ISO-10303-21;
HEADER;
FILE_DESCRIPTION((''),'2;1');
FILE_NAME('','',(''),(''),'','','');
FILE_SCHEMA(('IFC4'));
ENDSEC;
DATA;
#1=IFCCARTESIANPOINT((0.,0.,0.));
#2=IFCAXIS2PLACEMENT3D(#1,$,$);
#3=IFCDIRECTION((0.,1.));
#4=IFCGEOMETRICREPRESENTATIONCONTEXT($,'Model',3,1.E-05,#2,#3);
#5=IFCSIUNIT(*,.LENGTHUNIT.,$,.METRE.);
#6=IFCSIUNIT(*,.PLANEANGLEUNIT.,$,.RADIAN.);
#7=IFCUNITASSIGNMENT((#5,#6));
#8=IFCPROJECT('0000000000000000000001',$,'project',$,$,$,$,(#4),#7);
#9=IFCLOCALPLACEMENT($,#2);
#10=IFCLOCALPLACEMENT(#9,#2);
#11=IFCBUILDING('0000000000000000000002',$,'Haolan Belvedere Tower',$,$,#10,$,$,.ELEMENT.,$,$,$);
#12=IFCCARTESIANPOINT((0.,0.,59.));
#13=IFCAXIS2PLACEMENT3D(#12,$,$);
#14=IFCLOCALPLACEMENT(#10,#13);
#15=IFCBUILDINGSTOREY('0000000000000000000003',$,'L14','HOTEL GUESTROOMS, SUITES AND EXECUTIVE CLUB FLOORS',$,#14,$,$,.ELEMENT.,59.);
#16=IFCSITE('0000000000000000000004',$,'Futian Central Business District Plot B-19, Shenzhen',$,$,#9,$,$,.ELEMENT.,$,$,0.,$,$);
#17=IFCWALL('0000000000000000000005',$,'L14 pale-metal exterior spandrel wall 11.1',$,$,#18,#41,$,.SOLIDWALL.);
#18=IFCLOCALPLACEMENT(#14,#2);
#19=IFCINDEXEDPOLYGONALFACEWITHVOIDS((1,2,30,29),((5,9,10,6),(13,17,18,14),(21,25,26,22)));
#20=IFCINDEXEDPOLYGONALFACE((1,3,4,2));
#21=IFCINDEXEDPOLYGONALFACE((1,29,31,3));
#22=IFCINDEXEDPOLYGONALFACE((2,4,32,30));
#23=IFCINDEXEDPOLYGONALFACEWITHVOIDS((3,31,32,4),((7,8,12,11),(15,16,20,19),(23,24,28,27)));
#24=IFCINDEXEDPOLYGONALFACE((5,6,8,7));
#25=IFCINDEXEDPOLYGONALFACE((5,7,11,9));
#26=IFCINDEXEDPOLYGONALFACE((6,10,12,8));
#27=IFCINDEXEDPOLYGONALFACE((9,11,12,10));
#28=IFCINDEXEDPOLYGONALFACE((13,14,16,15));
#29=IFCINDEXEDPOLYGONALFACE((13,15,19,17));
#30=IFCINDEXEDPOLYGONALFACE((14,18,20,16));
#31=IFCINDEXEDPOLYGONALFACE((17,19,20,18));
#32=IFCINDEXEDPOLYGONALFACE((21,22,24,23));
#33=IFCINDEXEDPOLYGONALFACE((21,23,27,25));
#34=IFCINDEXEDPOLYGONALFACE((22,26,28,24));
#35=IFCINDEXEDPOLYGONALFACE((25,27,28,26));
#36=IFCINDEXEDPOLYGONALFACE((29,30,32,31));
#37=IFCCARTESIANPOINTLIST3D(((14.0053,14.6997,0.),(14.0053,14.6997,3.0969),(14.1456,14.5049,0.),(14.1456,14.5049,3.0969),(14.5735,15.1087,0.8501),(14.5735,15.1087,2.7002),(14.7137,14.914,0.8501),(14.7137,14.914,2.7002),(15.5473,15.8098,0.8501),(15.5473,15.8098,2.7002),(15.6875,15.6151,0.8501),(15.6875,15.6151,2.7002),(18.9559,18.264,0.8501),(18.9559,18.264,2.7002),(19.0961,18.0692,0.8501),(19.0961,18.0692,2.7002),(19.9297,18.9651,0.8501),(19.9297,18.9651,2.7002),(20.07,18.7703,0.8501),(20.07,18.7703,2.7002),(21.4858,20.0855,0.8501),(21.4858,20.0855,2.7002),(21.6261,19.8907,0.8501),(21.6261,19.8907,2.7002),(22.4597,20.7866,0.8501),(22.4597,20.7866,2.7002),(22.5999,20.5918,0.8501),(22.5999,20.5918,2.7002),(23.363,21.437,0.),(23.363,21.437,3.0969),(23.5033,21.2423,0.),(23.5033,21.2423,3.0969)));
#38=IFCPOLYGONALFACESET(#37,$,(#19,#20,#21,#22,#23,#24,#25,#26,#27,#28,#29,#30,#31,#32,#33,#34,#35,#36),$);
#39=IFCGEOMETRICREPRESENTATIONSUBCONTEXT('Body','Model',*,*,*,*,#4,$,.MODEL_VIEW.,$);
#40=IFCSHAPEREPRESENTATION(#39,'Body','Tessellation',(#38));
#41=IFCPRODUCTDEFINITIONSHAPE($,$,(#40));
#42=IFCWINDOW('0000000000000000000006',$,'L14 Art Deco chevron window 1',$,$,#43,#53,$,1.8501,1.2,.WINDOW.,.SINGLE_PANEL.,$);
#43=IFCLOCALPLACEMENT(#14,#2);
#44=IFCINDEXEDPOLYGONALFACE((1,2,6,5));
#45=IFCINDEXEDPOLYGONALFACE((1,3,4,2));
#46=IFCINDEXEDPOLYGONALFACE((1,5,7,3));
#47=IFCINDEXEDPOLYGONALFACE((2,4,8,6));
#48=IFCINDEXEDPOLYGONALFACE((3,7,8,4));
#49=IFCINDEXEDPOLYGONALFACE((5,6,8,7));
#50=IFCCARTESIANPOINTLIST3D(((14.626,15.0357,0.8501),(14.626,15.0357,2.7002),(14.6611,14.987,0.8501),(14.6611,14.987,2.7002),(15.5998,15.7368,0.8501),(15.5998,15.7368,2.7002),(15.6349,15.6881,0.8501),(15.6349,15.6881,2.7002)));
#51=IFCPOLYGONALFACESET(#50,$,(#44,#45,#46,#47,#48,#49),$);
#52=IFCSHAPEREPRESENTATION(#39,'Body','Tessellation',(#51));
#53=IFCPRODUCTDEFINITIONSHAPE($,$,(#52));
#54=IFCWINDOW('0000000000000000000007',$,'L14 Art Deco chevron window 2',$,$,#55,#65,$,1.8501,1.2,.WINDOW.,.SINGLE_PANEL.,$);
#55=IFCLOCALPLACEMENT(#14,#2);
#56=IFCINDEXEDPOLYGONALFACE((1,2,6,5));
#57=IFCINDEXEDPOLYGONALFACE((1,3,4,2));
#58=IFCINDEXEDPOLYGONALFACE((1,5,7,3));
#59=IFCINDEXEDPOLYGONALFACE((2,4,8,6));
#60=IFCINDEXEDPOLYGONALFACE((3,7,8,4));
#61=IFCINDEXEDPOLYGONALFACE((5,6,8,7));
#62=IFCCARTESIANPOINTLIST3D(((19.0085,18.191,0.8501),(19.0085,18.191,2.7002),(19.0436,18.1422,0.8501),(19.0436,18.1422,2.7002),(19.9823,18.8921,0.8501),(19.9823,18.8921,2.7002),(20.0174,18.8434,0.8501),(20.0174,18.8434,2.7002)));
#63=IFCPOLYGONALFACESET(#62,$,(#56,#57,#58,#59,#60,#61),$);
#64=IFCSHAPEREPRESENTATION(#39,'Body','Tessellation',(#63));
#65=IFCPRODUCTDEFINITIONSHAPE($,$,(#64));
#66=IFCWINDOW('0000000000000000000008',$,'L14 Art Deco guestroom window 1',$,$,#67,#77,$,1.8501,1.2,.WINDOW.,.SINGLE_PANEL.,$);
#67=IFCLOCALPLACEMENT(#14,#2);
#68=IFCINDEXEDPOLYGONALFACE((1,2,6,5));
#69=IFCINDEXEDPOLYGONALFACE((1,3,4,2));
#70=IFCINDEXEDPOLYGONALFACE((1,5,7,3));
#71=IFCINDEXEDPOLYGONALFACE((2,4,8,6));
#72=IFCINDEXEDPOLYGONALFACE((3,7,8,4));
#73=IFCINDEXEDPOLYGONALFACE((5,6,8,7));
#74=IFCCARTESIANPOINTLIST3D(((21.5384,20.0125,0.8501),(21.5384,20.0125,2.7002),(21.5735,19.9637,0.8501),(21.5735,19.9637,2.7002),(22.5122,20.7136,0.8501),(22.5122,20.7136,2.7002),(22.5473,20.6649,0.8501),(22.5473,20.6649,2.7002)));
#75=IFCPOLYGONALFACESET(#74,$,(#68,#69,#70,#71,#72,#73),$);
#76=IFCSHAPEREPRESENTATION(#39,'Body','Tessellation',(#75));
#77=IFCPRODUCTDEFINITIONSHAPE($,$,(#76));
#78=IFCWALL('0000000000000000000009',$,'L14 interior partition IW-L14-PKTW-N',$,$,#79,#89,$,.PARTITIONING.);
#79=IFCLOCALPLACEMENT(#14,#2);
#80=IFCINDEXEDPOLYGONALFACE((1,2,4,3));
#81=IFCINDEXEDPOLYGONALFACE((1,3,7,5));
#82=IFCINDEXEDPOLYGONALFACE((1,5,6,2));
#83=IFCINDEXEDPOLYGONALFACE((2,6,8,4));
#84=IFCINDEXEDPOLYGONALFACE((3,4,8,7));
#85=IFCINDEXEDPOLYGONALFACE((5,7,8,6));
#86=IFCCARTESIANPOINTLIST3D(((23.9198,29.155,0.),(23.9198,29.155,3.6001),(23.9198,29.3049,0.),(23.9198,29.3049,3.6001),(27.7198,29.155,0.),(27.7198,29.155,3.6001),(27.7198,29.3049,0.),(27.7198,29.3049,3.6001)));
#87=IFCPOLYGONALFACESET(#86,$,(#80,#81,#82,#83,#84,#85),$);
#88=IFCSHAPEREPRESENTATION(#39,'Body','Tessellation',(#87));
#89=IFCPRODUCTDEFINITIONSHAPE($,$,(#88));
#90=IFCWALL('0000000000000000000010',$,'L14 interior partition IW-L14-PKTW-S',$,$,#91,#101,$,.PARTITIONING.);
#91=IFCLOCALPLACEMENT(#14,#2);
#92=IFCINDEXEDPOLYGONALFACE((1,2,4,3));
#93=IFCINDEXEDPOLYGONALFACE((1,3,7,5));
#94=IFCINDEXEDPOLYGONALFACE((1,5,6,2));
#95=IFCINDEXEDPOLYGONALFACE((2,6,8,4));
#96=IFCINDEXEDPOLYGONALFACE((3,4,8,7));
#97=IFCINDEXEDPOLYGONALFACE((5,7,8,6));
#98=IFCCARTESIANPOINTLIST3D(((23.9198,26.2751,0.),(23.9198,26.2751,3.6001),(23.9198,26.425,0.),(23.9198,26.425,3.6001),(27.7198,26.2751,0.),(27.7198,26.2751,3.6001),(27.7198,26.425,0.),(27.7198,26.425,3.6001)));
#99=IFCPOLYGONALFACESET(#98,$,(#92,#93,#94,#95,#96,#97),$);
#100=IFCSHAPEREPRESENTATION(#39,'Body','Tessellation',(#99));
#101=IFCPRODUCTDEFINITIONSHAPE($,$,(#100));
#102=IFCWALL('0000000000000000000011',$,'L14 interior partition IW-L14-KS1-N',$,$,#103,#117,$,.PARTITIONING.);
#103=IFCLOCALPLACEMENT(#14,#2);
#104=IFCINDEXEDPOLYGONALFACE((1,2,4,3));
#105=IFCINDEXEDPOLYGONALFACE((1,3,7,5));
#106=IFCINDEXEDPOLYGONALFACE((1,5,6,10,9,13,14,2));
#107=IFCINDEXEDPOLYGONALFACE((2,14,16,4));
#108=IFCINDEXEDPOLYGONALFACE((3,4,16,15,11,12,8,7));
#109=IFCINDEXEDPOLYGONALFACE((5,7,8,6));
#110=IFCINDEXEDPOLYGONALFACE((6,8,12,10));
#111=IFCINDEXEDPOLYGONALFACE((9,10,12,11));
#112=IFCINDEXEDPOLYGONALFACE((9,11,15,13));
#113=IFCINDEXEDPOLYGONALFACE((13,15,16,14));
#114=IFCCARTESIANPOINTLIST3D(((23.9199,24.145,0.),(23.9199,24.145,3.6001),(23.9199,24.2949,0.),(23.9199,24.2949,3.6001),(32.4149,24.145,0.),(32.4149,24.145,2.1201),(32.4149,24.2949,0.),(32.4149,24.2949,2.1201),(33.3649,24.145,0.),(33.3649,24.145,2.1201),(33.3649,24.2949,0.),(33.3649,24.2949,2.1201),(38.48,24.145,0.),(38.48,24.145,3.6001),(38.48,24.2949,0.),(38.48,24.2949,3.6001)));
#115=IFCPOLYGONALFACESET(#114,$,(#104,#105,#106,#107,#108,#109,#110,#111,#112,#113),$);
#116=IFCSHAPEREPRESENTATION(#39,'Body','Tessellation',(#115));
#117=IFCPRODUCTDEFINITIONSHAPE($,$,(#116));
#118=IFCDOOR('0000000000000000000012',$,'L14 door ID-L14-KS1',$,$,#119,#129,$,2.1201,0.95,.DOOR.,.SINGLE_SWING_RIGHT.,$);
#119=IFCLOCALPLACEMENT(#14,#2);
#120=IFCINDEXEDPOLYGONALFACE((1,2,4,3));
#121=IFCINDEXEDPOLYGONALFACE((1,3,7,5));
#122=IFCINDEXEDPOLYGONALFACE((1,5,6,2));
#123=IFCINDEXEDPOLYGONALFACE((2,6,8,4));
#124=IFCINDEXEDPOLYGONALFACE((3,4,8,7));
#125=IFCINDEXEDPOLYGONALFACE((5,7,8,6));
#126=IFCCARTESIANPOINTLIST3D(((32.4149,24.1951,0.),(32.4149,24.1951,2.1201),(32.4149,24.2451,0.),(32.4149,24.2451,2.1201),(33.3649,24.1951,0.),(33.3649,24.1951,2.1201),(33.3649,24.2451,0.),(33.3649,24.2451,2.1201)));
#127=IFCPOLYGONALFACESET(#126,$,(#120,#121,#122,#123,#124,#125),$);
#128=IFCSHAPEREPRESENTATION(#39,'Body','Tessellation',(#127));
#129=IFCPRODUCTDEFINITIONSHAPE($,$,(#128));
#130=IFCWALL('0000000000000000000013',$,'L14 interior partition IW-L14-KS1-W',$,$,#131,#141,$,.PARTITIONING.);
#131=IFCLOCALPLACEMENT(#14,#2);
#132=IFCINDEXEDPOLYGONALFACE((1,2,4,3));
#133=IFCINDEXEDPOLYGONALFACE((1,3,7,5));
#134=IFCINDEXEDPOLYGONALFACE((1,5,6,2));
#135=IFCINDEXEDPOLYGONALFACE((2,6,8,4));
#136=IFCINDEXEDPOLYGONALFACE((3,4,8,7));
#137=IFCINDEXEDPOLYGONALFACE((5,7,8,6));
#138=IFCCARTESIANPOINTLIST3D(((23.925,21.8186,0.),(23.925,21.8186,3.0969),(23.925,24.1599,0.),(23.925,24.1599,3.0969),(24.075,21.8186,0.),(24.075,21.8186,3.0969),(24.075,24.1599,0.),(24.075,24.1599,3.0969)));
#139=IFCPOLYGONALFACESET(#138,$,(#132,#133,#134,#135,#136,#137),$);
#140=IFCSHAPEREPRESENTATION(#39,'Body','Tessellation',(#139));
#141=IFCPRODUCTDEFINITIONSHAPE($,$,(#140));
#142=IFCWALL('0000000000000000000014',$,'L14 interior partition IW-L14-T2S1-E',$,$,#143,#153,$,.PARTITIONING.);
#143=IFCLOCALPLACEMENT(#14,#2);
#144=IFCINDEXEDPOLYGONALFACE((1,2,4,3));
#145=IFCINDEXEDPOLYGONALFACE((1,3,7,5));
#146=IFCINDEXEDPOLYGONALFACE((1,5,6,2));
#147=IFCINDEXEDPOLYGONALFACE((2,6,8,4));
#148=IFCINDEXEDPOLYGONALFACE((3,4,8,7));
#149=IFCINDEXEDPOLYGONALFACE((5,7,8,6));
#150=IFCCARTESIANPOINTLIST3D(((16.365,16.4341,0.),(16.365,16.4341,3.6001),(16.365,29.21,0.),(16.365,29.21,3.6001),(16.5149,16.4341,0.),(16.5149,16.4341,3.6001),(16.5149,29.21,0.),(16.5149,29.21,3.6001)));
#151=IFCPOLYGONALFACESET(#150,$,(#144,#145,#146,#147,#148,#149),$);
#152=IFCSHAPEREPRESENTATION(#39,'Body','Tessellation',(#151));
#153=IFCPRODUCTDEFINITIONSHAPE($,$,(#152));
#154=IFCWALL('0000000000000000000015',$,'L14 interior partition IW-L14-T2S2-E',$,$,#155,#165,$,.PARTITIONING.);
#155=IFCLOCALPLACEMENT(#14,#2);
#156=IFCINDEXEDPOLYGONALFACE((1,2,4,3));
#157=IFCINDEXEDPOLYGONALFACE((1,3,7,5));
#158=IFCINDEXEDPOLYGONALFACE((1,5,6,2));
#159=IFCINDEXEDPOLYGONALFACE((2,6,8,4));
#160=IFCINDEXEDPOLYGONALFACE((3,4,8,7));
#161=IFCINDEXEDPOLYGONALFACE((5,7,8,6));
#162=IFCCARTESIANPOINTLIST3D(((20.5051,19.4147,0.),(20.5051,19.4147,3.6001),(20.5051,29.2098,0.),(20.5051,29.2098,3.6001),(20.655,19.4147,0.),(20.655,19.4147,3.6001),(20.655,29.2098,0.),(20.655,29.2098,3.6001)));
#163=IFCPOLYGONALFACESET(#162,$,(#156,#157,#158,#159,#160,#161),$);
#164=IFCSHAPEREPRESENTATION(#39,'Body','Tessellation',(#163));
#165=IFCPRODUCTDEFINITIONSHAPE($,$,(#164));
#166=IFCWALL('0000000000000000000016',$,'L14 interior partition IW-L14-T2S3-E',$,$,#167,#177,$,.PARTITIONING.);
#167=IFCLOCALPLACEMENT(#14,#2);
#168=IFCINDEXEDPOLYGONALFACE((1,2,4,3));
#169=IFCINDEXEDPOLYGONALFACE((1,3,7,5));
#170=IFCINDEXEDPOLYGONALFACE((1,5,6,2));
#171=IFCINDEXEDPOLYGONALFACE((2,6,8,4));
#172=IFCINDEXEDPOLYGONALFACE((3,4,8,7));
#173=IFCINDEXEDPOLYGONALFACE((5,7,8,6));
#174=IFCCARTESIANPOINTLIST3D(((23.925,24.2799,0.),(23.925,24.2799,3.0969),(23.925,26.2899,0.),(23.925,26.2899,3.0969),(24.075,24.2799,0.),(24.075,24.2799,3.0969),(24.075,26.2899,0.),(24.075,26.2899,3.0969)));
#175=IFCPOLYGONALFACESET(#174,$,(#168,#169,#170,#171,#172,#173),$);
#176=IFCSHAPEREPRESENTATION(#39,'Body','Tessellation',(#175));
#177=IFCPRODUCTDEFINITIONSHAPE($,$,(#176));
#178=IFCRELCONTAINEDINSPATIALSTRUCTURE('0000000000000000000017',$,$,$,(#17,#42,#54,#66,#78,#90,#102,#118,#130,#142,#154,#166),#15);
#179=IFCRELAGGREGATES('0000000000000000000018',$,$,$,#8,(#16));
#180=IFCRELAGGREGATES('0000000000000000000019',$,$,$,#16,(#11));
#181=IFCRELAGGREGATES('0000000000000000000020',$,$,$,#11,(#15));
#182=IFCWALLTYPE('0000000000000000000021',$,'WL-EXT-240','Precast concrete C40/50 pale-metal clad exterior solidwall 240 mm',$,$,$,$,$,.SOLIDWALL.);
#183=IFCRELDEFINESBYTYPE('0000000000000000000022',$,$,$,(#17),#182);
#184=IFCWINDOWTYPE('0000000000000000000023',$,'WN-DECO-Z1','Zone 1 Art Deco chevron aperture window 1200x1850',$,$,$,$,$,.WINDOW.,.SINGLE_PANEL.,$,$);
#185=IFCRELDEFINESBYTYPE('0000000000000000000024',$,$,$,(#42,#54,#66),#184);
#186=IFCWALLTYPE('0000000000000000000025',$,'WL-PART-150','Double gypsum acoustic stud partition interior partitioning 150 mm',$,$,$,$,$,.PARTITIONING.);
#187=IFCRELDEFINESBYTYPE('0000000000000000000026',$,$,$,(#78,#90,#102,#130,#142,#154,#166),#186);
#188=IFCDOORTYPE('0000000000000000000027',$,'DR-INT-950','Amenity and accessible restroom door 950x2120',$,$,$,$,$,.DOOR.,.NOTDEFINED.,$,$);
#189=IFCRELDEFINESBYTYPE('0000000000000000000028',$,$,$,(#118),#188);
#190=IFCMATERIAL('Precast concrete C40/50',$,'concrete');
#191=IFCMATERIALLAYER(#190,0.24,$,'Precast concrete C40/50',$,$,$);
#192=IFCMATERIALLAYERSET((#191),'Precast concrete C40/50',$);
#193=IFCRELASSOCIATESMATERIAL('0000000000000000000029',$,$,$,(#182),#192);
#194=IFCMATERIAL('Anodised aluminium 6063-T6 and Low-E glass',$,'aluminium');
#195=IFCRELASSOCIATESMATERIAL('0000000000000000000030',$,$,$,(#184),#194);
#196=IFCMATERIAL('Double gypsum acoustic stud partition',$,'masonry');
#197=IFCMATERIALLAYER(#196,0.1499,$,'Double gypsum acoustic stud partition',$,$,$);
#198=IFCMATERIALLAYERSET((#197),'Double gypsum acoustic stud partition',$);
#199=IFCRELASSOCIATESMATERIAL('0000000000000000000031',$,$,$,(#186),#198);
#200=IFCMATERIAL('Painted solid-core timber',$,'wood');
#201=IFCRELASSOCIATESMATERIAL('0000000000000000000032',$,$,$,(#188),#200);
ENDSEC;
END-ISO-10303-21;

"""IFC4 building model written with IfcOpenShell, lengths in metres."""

from ifc_helpers import new_model, si_unit, direction, frame, frame_2d, origin, place, context, subcontext, project, spatial, rectangle, extrude, material, layer, layer_set, type_object, element, fill, save


model = new_model("IFC4")

# Units and contexts
model_context = context("Model", 3, precision=1e-05, world=origin(), true_north=direction((0.0, 1.0)))
body_context = subcontext(model_context, "Body", "Model", "MODEL_VIEW")
ifc_project = project(units=[si_unit("LENGTHUNIT", "METRE"), si_unit("PLANEANGLEUNIT", "RADIAN")], contexts=[model_context])

# Site, building, storey
site_placement = place(None, origin())
site = spatial("IfcSite", under=ifc_project, at=site_placement, Name="Futian Central Business District Plot B-19, Shenzhen", CompositionType="ELEMENT", RefElevation=0.0)
building_placement = place(site_placement, origin())
building = spatial("IfcBuilding", under=site, at=building_placement, Name="Haolan Belvedere Tower", CompositionType="ELEMENT")
storey_placement = place(building_placement, frame((0.0, 0.0, 59.0)))
storey = spatial("IfcBuildingStorey", under=building, at=storey_placement, Name="L14", Description="HOTEL GUESTROOMS, SUITES AND EXECUTIVE CLUB FLOORS", CompositionType="ELEMENT", Elevation=59.0)

# Shared definitions
ifc_material_1 = material(Name="Precast concrete C40/50", Category="concrete")
ifc_layer_1 = layer(ifc_material_1, 0.24, Name="Precast concrete C40/50")
ifc_layer_set_1 = layer_set([ifc_layer_1], Name="Precast concrete C40/50")
wall_type_1 = type_object("IfcWallType", Name="WL-EXT-240", Description="Precast concrete C40/50 pale-metal clad exterior solidwall 240 mm", PredefinedType="SOLIDWALL", material=ifc_layer_set_1)

# Wall, openings, windows
wall_1_placement = place(storey_placement, frame((14.0754, 14.6023, 0.0), z_axis=(0.0, 0.0, 1.0), x_axis=(0.811543, 0.584292, 0.0)))
wall_1 = element("IfcWall", 1, at=wall_1_placement, inside=storey, type_object=wall_type_1, Name="L14 pale-metal exterior spandrel wall 11.1", PredefinedType="SOLIDWALL", context=body_context, shape_type="SweptSolid", body=[
    extrude(rectangle(XDim=11.5308, YDim=0.24, at=frame_2d((5.7654, 0.0))), origin(), (0.0, 0.0, 1.0), 3.0969),
])
opening_1_placement = place(wall_1_placement, frame((0.7, 0.0, 0.8501)))
opening_1 = element("IfcOpeningElement", 2, at=opening_1_placement, cuts=wall_1, PredefinedType="OPENING", context=body_context, shape_type="SweptSolid", body=[
    extrude(rectangle(XDim=1.2, YDim=1.8501, at=frame_2d((0.6001, 0.925))), frame((0.0, 0.1299, 0.0), z_axis=(0.0, -1.0, 0.0), x_axis=(1.0, 0.0, 0.0)), (0.0, 0.0, 1.0), 0.26),
])
opening_2_placement = place(wall_1_placement, frame((6.1001, 0.0, 0.8501)))
opening_2 = element("IfcOpeningElement", 3, at=opening_2_placement, cuts=wall_1, PredefinedType="OPENING", context=body_context, shape_type="SweptSolid", body=[
    extrude(rectangle(XDim=1.2, YDim=1.8501, at=frame_2d((0.6001, 0.925))), frame((0.0, 0.1299, 0.0), z_axis=(0.0, -1.0, 0.0), x_axis=(1.0, 0.0, 0.0)), (0.0, 0.0, 1.0), 0.26),
])
opening_3_placement = place(wall_1_placement, frame((9.2175, 0.0, 0.8501)))
opening_3 = element("IfcOpeningElement", 4, at=opening_3_placement, cuts=wall_1, PredefinedType="OPENING", context=body_context, shape_type="SweptSolid", body=[
    extrude(rectangle(XDim=1.2, YDim=1.8501, at=frame_2d((0.6001, 0.925))), frame((0.0, 0.1299, 0.0), z_axis=(0.0, -1.0, 0.0), x_axis=(1.0, 0.0, 0.0)), (0.0, 0.0, 1.0), 0.26),
])
ifc_material_2 = material(Name="Anodised aluminium 6063-T6 and Low-E glass", Category="aluminium")
window_type = type_object("IfcWindowType", Name="WN-DECO-Z1", Description="Zone 1 Art Deco chevron aperture window 1200x1850", PartitioningType="SINGLE_PANEL", PredefinedType="WINDOW", material=ifc_material_2)
window_1_placement = place(opening_1_placement, origin())
window_1 = element("IfcWindow", 5, at=window_1_placement, inside=storey, type_object=window_type, Name="L14 Art Deco chevron window 1", OverallHeight=1.8501, OverallWidth=1.2, PartitioningType="SINGLE_PANEL", PredefinedType="WINDOW", context=body_context, shape_type="SweptSolid", body=[
    extrude(rectangle(XDim=1.2, YDim=1.8501, at=frame_2d((0.6001, 0.925))), frame((0.0, 0.03, 0.0), z_axis=(0.0, -1.0, 0.0), x_axis=(1.0, 0.0, 0.0)), (0.0, 0.0, 1.0), 0.0601),
])
fill(opening_1, window_1)
window_2_placement = place(opening_2_placement, origin())
window_2 = element("IfcWindow", 6, at=window_2_placement, inside=storey, type_object=window_type, Name="L14 Art Deco chevron window 2", OverallHeight=1.8501, OverallWidth=1.2, PartitioningType="SINGLE_PANEL", PredefinedType="WINDOW", context=body_context, shape_type="SweptSolid", body=[
    extrude(rectangle(XDim=1.2, YDim=1.8501, at=frame_2d((0.6001, 0.925))), frame((0.0, 0.03, 0.0), z_axis=(0.0, -1.0, 0.0), x_axis=(1.0, 0.0, 0.0)), (0.0, 0.0, 1.0), 0.0601),
])
fill(opening_2, window_2)
window_3_placement = place(opening_3_placement, origin())
window_3 = element("IfcWindow", 7, at=window_3_placement, inside=storey, type_object=window_type, Name="L14 Art Deco guestroom window 1", OverallHeight=1.8501, OverallWidth=1.2, PartitioningType="SINGLE_PANEL", PredefinedType="WINDOW", context=body_context, shape_type="SweptSolid", body=[
    extrude(rectangle(XDim=1.2, YDim=1.8501, at=frame_2d((0.6001, 0.925))), frame((0.0, 0.03, 0.0), z_axis=(0.0, -1.0, 0.0), x_axis=(1.0, 0.0, 0.0)), (0.0, 0.0, 1.0), 0.0601),
])
fill(opening_3, window_3)

# Walls
ifc_material_3 = material(Name="Double gypsum acoustic stud partition", Category="masonry")
ifc_layer_2 = layer(ifc_material_3, 0.1499, Name="Double gypsum acoustic stud partition")
ifc_layer_set_2 = layer_set([ifc_layer_2], Name="Double gypsum acoustic stud partition")
wall_type_2 = type_object("IfcWallType", Name="WL-PART-150", Description="Double gypsum acoustic stud partition interior partitioning 150 mm", PredefinedType="PARTITIONING", material=ifc_layer_set_2)
for number, where, z_axis, x_axis, name in (
    (8, (23.9199, 29.23, 0.0), (0.0, 0.0, 1.0), (1.0, 0.0, 0.0), "L14 interior partition IW-L14-PKTW-N"),
    (9, (23.9199, 26.3501, 0.0), (0.0, 0.0, 1.0), (1.0, 0.0, 0.0), "L14 interior partition IW-L14-PKTW-S"),
):
    element("IfcWall", number, at=place(storey_placement, frame(where, z_axis=z_axis, x_axis=x_axis)), inside=storey, type_object=wall_type_2, Name=name, PredefinedType="PARTITIONING", context=body_context, shape_type="SweptSolid", body=[
        extrude(rectangle(XDim=3.8, YDim=0.1499, at=frame_2d((1.8999, 0.0))), origin(), (0.0, 0.0, 1.0), 3.6001),
    ])

# Wall, opening, door
wall_2_placement = place(storey_placement, frame((23.9199, 24.22, 0.0), z_axis=(0.0, 0.0, 1.0), x_axis=(1.0, 0.0, 0.0)))
wall_2 = element("IfcWall", 10, at=wall_2_placement, inside=storey, type_object=wall_type_2, Name="L14 interior partition IW-L14-KS1-N", PredefinedType="PARTITIONING", context=body_context, shape_type="SweptSolid", body=[
    extrude(rectangle(XDim=14.5601, YDim=0.1499, at=frame_2d((7.28, 0.0))), origin(), (0.0, 0.0, 1.0), 3.6001),
])
opening_4_placement = place(wall_2_placement, frame((9.4451, 0.0, 0.0), z_axis=(0.0, 0.0, 1.0), x_axis=(-1.0, 0.0, 0.0)))
opening_4 = element("IfcOpeningElement", 11, at=opening_4_placement, cuts=wall_2, PredefinedType="OPENING", context=body_context, shape_type="SweptSolid", body=[
    extrude(rectangle(XDim=0.95, YDim=2.1201, at=frame_2d((0.4751, 1.0601))), frame((0.0, 0.085, 0.0), z_axis=(0.0, -1.0, 0.0), x_axis=(1.0, 0.0, 0.0)), (0.0, 0.0, 1.0), 0.1699),
])
ifc_material_4 = material(Name="Painted solid-core timber", Category="wood")
door_type_1 = type_object("IfcDoorType", Name="DR-INT-950", Description="Amenity and accessible restroom door 950x2120", OperationType="NOTDEFINED", PredefinedType="DOOR", material=ifc_material_4)
door_1_placement = place(opening_4_placement, origin())
door_1 = element("IfcDoor", 12, at=door_1_placement, inside=storey, type_object=door_type_1, Name="L14 door ID-L14-KS1", OperationType="SINGLE_SWING_RIGHT", OverallHeight=2.1201, OverallWidth=0.95, PredefinedType="DOOR", context=body_context, shape_type="SweptSolid", body=[
    extrude(rectangle(XDim=0.95, YDim=2.1201, at=frame_2d((0.4751, 1.0601))), frame((0.0, 0.0249, 0.0), z_axis=(0.0, -1.0, 0.0), x_axis=(1.0, 0.0, 0.0)), (0.0, 0.0, 1.0), 0.05),
])
fill(opening_4, door_1)

# Walls
wall_3_placement = place(storey_placement, frame((24.0, 21.8186, 0.0), z_axis=(0.0, 0.0, 1.0), x_axis=(0.0, 1.0, 0.0)))
element("IfcWall", 13, at=wall_3_placement, inside=storey, type_object=wall_type_2, Name="L14 interior partition IW-L14-KS1-W", PredefinedType="PARTITIONING", context=body_context, shape_type="SweptSolid", body=[
    extrude(rectangle(XDim=2.3413, YDim=0.1499, at=frame_2d((1.1707, 0.0))), origin(), (0.0, 0.0, 1.0), 3.0969),
])
wall_4_placement = place(storey_placement, frame((16.4399, 16.4341, 0.0), z_axis=(0.0, 0.0, 1.0), x_axis=(0.0, 1.0, 0.0)))
element("IfcWall", 14, at=wall_4_placement, inside=storey, type_object=wall_type_2, Name="L14 interior partition IW-L14-T2S1-E", PredefinedType="PARTITIONING", context=body_context, shape_type="SweptSolid", body=[
    extrude(rectangle(XDim=12.7759, YDim=0.1499, at=frame_2d((6.3879, 0.0))), origin(), (0.0, 0.0, 1.0), 3.6001),
])
wall_5_placement = place(storey_placement, frame((20.5801, 19.4148, 0.0), z_axis=(0.0, 0.0, 1.0), x_axis=(0.0, 1.0, 0.0)))
element("IfcWall", 15, at=wall_5_placement, inside=storey, type_object=wall_type_2, Name="L14 interior partition IW-L14-T2S2-E", PredefinedType="PARTITIONING", context=body_context, shape_type="SweptSolid", body=[
    extrude(rectangle(XDim=9.7952, YDim=0.1499, at=frame_2d((4.8975, 0.0))), origin(), (0.0, 0.0, 1.0), 3.6001),
])
wall_6_placement = place(storey_placement, frame((24.0, 24.28, 0.0), z_axis=(0.0, 0.0, 1.0), x_axis=(0.0, 1.0, 0.0)))
element("IfcWall", 16, at=wall_6_placement, inside=storey, type_object=wall_type_2, Name="L14 interior partition IW-L14-T2S3-E", PredefinedType="PARTITIONING", context=body_context, shape_type="SweptSolid", body=[
    extrude(rectangle(XDim=2.01, YDim=0.1499, at=frame_2d((1.0049, 0.0))), origin(), (0.0, 0.0, 1.0), 3.0969),
])

save(model, "model.ifc")
